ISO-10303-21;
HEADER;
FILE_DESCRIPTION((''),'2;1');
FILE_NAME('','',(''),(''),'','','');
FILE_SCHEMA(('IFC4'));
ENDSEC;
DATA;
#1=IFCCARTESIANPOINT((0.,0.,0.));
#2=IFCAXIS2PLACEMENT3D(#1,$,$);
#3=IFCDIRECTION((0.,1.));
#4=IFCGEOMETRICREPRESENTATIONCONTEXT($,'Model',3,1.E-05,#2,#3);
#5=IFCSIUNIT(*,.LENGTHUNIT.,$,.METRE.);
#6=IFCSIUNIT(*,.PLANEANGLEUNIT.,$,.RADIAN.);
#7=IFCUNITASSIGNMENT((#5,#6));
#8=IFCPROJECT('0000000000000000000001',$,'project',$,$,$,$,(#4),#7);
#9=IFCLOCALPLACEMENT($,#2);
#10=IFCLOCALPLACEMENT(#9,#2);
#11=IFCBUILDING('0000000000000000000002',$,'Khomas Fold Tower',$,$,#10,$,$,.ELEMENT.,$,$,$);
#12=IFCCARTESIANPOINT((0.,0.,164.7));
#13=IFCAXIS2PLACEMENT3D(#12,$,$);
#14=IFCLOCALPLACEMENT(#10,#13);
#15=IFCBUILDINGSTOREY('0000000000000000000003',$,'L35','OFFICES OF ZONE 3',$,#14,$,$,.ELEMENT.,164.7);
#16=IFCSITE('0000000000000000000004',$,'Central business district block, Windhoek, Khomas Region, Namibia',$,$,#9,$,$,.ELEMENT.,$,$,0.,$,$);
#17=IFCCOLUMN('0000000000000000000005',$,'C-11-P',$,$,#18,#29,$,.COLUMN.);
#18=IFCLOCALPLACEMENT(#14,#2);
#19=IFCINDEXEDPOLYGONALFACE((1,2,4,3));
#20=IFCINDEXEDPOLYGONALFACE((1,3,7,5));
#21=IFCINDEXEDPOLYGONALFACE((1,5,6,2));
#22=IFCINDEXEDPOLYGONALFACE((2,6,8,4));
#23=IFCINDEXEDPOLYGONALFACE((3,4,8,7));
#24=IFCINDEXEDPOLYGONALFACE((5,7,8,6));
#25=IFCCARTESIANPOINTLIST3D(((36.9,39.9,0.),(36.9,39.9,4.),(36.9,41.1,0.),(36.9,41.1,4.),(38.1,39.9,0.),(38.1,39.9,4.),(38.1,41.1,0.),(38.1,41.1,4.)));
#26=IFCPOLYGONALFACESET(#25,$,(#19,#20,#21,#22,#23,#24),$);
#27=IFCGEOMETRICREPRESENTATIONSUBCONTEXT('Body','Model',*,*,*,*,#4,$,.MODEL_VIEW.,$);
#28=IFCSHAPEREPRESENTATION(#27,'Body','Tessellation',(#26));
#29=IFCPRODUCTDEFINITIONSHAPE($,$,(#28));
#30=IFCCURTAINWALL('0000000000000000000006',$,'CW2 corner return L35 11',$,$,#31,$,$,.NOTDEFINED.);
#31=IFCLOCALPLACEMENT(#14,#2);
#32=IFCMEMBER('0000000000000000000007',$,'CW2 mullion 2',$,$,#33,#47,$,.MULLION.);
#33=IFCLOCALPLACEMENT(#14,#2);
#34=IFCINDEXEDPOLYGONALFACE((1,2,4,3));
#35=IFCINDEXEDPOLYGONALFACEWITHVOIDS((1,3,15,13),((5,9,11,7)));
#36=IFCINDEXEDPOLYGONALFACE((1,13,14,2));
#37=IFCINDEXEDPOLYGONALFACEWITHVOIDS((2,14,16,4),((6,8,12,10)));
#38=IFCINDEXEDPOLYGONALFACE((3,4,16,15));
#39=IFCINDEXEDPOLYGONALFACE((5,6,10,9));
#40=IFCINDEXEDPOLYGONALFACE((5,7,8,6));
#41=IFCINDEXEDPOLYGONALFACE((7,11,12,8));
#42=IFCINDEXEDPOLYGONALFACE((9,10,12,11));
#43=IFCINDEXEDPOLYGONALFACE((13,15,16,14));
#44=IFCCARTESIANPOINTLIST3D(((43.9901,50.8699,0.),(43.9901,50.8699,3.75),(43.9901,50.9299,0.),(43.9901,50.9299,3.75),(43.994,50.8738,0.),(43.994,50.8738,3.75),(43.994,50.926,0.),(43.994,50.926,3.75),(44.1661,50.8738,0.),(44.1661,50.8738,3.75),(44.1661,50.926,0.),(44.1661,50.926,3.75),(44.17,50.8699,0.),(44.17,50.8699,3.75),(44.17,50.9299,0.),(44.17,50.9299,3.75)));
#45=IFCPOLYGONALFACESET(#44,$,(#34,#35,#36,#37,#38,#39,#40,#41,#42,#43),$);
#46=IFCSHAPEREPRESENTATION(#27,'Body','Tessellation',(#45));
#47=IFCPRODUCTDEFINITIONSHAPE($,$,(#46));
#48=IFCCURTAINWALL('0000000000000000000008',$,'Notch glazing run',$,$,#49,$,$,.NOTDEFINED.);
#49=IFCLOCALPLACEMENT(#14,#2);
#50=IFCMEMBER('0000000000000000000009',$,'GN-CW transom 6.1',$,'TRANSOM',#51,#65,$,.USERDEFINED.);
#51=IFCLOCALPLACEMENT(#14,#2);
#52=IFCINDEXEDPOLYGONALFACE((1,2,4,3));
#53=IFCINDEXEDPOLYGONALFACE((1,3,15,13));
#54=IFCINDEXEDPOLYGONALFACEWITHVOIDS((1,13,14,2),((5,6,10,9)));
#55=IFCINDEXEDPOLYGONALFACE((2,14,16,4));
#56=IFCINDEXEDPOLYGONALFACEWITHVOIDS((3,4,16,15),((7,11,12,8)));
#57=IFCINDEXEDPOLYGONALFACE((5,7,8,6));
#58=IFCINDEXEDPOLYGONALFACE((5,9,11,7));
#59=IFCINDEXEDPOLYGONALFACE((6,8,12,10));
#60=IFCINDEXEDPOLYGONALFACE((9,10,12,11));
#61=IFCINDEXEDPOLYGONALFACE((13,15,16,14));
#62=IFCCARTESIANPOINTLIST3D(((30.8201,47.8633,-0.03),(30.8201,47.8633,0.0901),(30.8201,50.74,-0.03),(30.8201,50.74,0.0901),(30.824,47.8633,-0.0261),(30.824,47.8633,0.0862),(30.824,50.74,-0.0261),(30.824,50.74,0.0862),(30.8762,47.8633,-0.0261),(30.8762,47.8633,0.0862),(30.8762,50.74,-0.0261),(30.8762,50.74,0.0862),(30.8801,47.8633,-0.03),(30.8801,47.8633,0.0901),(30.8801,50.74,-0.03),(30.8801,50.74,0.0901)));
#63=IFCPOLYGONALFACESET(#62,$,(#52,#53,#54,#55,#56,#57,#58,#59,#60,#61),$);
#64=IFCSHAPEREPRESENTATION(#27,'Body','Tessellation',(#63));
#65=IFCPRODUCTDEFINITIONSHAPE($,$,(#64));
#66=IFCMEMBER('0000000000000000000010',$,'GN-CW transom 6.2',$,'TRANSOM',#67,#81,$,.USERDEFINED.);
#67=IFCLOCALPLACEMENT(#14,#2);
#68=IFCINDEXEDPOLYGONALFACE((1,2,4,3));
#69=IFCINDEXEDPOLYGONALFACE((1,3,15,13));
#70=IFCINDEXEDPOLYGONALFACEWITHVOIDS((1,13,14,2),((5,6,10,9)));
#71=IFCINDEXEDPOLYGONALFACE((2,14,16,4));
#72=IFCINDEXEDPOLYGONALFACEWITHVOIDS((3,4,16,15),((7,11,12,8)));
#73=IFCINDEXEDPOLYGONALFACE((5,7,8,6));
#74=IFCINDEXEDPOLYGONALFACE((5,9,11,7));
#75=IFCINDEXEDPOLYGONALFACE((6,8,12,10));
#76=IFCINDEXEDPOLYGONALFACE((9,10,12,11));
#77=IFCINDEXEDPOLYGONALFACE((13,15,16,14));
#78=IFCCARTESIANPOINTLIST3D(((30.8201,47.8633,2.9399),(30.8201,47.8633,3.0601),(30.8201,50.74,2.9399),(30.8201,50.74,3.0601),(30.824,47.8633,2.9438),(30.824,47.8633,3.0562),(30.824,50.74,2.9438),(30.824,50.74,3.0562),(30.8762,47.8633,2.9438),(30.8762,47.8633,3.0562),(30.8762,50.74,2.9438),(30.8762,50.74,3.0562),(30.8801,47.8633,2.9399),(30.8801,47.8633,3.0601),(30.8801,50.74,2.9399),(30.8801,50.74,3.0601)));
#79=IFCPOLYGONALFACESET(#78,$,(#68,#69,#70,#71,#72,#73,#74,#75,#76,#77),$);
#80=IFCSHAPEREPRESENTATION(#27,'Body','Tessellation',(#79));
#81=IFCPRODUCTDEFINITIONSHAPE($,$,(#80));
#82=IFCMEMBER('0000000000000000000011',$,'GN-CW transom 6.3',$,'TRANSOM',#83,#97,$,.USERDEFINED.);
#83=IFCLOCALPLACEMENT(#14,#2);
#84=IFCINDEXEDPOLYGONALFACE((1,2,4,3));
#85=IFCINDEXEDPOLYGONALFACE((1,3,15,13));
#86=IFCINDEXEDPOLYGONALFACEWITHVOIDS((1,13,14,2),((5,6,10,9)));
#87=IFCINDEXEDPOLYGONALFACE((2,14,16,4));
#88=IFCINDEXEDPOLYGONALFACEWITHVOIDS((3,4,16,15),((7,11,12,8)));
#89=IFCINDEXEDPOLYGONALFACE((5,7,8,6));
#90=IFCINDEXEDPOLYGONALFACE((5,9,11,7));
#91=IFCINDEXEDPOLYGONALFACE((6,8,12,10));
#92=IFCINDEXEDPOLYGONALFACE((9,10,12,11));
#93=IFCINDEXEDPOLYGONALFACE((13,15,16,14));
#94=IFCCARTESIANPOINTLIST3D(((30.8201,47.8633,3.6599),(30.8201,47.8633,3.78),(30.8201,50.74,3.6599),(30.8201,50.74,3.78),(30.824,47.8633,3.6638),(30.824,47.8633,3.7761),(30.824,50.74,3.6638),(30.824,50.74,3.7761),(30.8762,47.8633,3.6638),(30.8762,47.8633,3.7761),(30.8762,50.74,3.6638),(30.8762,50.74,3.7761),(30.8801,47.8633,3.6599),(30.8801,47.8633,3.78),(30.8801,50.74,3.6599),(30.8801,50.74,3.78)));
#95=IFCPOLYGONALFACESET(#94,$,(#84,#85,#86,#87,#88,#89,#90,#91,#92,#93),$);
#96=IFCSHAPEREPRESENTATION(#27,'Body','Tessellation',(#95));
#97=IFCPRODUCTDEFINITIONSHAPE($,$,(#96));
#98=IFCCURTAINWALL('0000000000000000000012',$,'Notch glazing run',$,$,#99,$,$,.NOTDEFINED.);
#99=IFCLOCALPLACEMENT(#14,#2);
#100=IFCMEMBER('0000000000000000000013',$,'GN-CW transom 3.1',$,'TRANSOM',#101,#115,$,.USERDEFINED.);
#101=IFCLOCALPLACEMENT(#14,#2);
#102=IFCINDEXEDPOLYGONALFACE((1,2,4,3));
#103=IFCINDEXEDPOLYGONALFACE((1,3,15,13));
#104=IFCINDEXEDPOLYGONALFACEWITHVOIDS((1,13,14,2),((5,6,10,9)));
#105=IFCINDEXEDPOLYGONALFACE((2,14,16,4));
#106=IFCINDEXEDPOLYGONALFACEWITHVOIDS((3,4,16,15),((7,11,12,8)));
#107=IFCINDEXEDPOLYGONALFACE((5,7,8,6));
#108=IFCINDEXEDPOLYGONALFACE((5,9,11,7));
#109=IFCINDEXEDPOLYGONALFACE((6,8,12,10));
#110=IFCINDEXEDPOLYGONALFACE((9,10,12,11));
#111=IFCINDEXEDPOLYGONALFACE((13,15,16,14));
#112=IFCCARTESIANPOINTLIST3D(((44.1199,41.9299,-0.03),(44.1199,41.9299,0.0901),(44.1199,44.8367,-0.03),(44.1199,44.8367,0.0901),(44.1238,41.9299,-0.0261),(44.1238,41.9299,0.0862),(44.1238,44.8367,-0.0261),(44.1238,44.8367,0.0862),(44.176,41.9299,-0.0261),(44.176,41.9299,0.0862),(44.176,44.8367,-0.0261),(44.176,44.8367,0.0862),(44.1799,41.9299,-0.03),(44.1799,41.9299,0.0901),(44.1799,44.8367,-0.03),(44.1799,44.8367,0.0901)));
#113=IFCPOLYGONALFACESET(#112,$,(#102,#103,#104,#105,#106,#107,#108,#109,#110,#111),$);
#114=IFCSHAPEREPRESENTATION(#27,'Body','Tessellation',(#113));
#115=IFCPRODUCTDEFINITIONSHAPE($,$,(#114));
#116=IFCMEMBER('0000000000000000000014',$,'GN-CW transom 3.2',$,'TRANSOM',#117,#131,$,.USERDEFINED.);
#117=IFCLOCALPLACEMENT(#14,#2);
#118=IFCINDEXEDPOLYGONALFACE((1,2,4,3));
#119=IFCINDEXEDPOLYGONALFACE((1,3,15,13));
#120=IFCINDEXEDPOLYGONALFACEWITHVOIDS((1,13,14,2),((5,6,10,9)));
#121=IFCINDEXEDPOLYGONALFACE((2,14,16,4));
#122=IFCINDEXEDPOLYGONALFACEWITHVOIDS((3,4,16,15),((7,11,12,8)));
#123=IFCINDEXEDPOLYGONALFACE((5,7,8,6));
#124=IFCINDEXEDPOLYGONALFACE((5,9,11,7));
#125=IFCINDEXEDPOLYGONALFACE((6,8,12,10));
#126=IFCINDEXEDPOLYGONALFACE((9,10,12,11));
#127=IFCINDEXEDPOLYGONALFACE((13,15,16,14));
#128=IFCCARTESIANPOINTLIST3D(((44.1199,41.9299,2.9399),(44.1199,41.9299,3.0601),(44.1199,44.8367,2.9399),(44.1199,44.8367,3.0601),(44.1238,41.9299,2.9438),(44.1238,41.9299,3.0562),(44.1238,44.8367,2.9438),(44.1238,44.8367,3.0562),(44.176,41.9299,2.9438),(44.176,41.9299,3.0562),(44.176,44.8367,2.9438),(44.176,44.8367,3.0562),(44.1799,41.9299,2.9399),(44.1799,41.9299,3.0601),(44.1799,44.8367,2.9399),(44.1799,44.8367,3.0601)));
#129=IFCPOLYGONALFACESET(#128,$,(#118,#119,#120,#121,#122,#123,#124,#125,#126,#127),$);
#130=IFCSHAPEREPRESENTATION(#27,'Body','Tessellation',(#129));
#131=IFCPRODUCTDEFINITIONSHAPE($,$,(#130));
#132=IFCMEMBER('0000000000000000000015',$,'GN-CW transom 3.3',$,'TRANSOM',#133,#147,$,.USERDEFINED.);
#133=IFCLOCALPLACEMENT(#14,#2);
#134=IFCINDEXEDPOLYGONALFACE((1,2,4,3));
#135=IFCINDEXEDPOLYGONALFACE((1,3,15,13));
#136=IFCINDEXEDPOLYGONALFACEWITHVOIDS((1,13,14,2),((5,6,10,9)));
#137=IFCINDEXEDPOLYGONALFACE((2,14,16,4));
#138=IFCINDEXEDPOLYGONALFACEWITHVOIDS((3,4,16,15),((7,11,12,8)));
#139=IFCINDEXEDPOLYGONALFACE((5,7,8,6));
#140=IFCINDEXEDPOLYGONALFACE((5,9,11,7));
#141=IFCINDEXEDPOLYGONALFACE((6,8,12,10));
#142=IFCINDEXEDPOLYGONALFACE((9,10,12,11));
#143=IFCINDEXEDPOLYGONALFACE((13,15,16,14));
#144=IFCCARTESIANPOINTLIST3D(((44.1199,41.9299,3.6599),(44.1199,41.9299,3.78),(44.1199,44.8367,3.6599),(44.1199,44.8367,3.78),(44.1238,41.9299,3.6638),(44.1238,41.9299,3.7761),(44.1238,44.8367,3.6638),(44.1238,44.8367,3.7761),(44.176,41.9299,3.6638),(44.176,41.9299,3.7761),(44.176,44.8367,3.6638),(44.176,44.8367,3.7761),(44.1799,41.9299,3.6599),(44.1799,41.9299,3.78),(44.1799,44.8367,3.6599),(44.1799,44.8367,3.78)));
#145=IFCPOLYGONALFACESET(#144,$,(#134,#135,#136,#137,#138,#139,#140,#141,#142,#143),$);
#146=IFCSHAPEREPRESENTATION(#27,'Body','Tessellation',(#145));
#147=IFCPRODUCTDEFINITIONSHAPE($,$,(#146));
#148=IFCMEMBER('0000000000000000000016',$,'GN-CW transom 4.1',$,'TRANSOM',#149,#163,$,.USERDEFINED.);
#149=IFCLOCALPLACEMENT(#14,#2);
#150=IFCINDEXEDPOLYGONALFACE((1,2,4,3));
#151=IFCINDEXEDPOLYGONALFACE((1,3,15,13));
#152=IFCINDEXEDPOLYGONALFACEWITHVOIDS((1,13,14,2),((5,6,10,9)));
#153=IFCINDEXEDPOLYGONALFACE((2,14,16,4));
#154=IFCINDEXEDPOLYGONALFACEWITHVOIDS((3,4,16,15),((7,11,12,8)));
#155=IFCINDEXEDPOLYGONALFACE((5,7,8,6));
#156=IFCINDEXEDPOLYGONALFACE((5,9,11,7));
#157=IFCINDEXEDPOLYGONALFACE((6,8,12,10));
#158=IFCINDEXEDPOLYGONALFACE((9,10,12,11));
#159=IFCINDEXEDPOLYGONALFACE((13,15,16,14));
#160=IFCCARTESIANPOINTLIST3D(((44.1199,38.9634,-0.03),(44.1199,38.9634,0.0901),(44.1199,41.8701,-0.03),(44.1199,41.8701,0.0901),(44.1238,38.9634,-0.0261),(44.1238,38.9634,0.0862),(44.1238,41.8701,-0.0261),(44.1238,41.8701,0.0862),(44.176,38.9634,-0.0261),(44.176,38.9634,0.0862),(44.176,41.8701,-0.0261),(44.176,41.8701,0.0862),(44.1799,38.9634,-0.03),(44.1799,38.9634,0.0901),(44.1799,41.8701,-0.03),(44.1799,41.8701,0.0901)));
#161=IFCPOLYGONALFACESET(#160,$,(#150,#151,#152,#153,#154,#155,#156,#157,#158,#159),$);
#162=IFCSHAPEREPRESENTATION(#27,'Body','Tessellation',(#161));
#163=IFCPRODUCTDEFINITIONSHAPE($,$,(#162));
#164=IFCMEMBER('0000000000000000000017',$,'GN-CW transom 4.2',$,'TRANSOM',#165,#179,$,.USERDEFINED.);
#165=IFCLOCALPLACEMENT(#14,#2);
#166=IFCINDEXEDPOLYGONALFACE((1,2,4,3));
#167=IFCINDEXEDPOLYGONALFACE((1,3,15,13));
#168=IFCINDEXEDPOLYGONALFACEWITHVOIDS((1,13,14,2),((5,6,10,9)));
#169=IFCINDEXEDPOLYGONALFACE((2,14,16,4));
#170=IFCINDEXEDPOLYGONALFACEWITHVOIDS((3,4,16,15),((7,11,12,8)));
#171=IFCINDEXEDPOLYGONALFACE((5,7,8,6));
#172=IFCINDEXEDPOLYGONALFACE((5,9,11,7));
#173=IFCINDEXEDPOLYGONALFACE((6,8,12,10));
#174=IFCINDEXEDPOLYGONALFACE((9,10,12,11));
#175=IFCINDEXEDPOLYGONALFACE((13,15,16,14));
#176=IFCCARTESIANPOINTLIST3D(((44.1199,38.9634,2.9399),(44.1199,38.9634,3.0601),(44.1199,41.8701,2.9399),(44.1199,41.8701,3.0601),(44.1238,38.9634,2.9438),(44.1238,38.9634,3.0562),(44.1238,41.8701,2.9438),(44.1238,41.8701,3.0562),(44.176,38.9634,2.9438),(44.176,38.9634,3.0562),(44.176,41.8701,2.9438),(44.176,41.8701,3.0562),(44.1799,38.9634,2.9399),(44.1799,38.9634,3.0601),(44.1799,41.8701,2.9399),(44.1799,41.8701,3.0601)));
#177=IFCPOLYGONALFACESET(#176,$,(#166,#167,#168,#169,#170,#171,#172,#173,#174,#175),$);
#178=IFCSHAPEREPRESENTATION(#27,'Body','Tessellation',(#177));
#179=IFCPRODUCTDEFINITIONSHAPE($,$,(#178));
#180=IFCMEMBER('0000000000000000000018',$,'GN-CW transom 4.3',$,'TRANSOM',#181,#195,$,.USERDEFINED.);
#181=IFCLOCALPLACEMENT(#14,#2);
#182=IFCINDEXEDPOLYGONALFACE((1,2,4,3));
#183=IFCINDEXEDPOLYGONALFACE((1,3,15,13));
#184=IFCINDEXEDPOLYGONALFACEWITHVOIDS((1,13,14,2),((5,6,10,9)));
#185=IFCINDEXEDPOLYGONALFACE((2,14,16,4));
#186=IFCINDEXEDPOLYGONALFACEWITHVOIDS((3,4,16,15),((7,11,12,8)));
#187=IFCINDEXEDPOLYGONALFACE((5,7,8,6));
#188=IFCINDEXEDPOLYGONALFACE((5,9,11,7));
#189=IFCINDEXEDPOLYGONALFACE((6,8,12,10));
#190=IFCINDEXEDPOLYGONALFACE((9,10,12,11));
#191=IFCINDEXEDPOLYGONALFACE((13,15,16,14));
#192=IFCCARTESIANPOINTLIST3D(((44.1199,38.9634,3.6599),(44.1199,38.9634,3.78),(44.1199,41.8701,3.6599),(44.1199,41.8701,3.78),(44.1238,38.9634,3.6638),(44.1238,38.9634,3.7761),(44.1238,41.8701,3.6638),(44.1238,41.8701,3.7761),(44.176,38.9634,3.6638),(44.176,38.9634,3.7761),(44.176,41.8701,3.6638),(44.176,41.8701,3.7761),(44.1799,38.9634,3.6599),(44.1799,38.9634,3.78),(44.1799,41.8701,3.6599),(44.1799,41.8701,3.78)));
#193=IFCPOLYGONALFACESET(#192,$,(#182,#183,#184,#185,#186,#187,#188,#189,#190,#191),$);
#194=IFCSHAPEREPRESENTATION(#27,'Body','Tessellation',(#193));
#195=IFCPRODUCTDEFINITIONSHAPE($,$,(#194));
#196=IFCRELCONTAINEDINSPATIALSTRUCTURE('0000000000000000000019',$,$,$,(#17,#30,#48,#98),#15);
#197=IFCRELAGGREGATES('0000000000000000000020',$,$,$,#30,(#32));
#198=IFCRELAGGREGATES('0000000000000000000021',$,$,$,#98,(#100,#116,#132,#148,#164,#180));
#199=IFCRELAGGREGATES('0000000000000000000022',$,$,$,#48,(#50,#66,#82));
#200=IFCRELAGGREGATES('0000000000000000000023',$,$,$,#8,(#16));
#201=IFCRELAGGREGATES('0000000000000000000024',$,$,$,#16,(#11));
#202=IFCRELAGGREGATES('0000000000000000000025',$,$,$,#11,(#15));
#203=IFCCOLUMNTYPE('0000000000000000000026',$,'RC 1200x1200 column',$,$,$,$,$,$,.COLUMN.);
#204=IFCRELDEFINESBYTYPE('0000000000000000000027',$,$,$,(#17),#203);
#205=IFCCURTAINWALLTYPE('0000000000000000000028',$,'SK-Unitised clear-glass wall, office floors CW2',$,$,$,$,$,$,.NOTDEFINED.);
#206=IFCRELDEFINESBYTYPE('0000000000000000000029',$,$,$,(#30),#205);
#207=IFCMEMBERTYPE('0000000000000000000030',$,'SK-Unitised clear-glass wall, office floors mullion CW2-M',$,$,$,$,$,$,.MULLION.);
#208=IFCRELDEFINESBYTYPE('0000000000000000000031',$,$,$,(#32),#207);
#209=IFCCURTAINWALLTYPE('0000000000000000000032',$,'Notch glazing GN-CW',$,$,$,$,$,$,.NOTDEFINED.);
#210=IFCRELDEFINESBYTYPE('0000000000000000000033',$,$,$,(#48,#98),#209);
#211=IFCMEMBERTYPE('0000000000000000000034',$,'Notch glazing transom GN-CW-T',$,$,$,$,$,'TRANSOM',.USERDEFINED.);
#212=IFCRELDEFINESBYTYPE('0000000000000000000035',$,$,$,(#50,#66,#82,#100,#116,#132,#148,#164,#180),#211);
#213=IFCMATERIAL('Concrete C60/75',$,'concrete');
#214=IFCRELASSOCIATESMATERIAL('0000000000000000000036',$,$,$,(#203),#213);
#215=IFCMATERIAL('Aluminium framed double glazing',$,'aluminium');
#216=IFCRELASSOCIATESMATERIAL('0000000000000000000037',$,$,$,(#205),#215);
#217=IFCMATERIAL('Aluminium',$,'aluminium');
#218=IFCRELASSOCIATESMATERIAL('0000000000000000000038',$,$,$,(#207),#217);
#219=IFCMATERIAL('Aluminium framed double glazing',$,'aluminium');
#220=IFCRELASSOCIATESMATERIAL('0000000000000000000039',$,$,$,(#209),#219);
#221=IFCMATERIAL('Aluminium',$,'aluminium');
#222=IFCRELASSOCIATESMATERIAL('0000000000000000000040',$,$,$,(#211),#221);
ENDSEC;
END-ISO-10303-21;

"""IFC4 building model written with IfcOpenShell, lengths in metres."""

from ifc_helpers import new_model, si_unit, direction, frame, origin, origin_2d, place, context, subcontext, project, spatial, rectangle, hollow_rectangle, extrude, source, transform, mapped, material, material_profile, profile_set, type_object, element, aggregate, save


model = new_model("IFC4")

# Units and contexts
model_context = context("Model", 3, precision=1e-05, world=origin(), true_north=direction((0.0, 1.0)))
body_context = subcontext(model_context, "Body", "Model", "MODEL_VIEW")
ifc_project = project(units=[si_unit("LENGTHUNIT", "METRE"), si_unit("PLANEANGLEUNIT", "RADIAN")], contexts=[model_context])

# Site, building, storey
site_placement = place(None, origin())
site = spatial("IfcSite", under=ifc_project, at=site_placement, Name="Central business district block, Windhoek, Khomas Region, Namibia", CompositionType="ELEMENT", RefElevation=0.0)
building_placement = place(site_placement, origin())
building = spatial("IfcBuilding", under=site, at=building_placement, Name="Khomas Fold Tower", CompositionType="ELEMENT")
storey_placement = place(building_placement, frame((0.0, 0.0, 164.7)))
storey = spatial("IfcBuildingStorey", under=building, at=storey_placement, Name="L35", Description="OFFICES OF ZONE 3", CompositionType="ELEMENT", Elevation=164.7)

# Column
ifc_material_1 = material(Name="Concrete C60/75", Category="concrete")
ifc_material_profile_1 = material_profile(ifc_material_1, rectangle(XDim=1.2, YDim=1.2, at=origin_2d()), Name="RC 1200x1200")
ifc_profile_set_1 = profile_set([ifc_material_profile_1], Name="Concrete C60/75")
column_type = type_object("IfcColumnType", Name="RC 1200x1200 column", PredefinedType="COLUMN", material=ifc_profile_set_1)
shared_shape_1 = source(origin(), body_context, "Body", "SweptSolid", [
    extrude(rectangle(XDim=1.2, YDim=1.2, at=origin_2d()), origin(), (0.0, 0.0, 1.0), 4.0),
])
column_placement = place(storey_placement, frame((37.5, 40.5, 0.0), z_axis=(0.0, 0.0, 1.0), x_axis=(1.0, 0.0, 0.0)))
element("IfcColumn", 1, at=column_placement, inside=storey, type_object=column_type, Name="C-11-P", PredefinedType="COLUMN", context=body_context, shape_type="MappedRepresentation", body=[
    mapped(shared_shape_1, transform((0.0, 0.0, 0.0))),
])

# Curtain wall, member
ifc_material_2 = material(Name="Aluminium framed double glazing", Category="aluminium")
curtain_wall_type_1 = type_object("IfcCurtainWallType", Name="SK-Unitised clear-glass wall, office floors CW2", PredefinedType="NOTDEFINED", material=ifc_material_2)
curtain_wall_1_placement = place(storey_placement, origin())
curtain_wall_1 = element("IfcCurtainWall", 2, at=curtain_wall_1_placement, inside=storey, type_object=curtain_wall_type_1, Name="CW2 corner return L35 11", PredefinedType="NOTDEFINED")
ifc_material_3 = material(Name="Aluminium", Category="aluminium")
ifc_material_profile_2 = material_profile(ifc_material_3, hollow_rectangle(XDim=0.0601, YDim=0.1799, WallThickness=0.0039, at=origin_2d()), Name="SK-Unitised clear-glass wall, office floors mullion CW2-M")
ifc_profile_set_2 = profile_set([ifc_material_profile_2], Name="Aluminium")
member_type_1 = type_object("IfcMemberType", Name="SK-Unitised clear-glass wall, office floors mullion CW2-M", PredefinedType="MULLION", material=ifc_profile_set_2)
shared_shape_2 = source(origin(), body_context, "Body", "SweptSolid", [
    extrude(hollow_rectangle(XDim=0.0601, YDim=0.1799, WallThickness=0.0039, at=origin_2d()), origin(), (0.0, 0.0, 1.0), 3.75),
])
member_1_placement = place(storey_placement, frame((44.0801, 50.8999, 0.0), z_axis=(0.0, 0.0, 1.0), x_axis=(0.0, -1.0, 0.0)))
member_1 = element("IfcMember", 3, at=member_1_placement, type_object=member_type_1, Name="CW2 mullion 2", PredefinedType="MULLION", context=body_context, shape_type="MappedRepresentation", body=[
    mapped(shared_shape_2, transform((0.0, 0.0, 0.0))),
])
aggregate(curtain_wall_1, [member_1])

# Curtain walls, members
ifc_material_4 = material(Name="Aluminium framed double glazing", Category="aluminium")
curtain_wall_type_2 = type_object("IfcCurtainWallType", Name="Notch glazing GN-CW", PredefinedType="NOTDEFINED", material=ifc_material_4)
curtain_wall_2_placement = place(storey_placement, origin())
curtain_wall_2 = element("IfcCurtainWall", 4, at=curtain_wall_2_placement, inside=storey, type_object=curtain_wall_type_2, Name="Notch glazing run", PredefinedType="NOTDEFINED")
ifc_material_5 = material(Name="Aluminium", Category="aluminium")
ifc_material_profile_3 = material_profile(ifc_material_5, hollow_rectangle(XDim=0.0601, YDim=0.1201, WallThickness=0.0039, at=origin_2d()), Name="Notch glazing transom GN-CW-T")
ifc_profile_set_3 = profile_set([ifc_material_profile_3], Name="Aluminium")
member_type_2 = type_object("IfcMemberType", Name="Notch glazing transom GN-CW-T", ElementType="TRANSOM", PredefinedType="USERDEFINED", material=ifc_profile_set_3)
shared_shape_3 = source(origin(), body_context, "Body", "SweptSolid", [
    extrude(hollow_rectangle(XDim=0.0601, YDim=0.1201, WallThickness=0.0039, at=origin_2d()), origin(), (0.0, 0.0, 1.0), 2.8767),
])
member_2_placement = place(storey_placement, frame((30.8501, 47.8633, 0.03), z_axis=(0.0, 1.0, 0.0), x_axis=(-1.0, 0.0, 0.0)))
member_2 = element("IfcMember", 5, at=member_2_placement, type_object=member_type_2, Name="GN-CW transom 6.1", ObjectType="TRANSOM", PredefinedType="USERDEFINED", context=body_context, shape_type="MappedRepresentation", body=[
    mapped(shared_shape_3, transform((0.0, 0.0, 0.0))),
])
member_3_placement = place(storey_placement, frame((30.8501, 47.8633, 3.0), z_axis=(0.0, 1.0, 0.0), x_axis=(-1.0, 0.0, 0.0)))
member_3 = element("IfcMember", 6, at=member_3_placement, type_object=member_type_2, Name="GN-CW transom 6.2", ObjectType="TRANSOM", PredefinedType="USERDEFINED", context=body_context, shape_type="MappedRepresentation", body=[
    mapped(shared_shape_3, transform((0.0, 0.0, 0.0))),
])
member_4_placement = place(storey_placement, frame((30.8501, 47.8633, 3.72), z_axis=(0.0, 1.0, 0.0), x_axis=(-1.0, 0.0, 0.0)))
member_4 = element("IfcMember", 7, at=member_4_placement, type_object=member_type_2, Name="GN-CW transom 6.3", ObjectType="TRANSOM", PredefinedType="USERDEFINED", context=body_context, shape_type="MappedRepresentation", body=[
    mapped(shared_shape_3, transform((0.0, 0.0, 0.0))),
])
curtain_wall_3_placement = place(storey_placement, origin())
curtain_wall_3 = element("IfcCurtainWall", 8, at=curtain_wall_3_placement, inside=storey, type_object=curtain_wall_type_2, Name="Notch glazing run", PredefinedType="NOTDEFINED")
shared_shape_4 = source(origin(), body_context, "Body", "SweptSolid", [
    extrude(hollow_rectangle(XDim=0.0601, YDim=0.1201, WallThickness=0.0039, at=origin_2d()), origin(), (0.0, 0.0, 1.0), 2.9067),
])
member_5_placement = place(storey_placement, frame((44.1499, 44.8367, 0.03), z_axis=(0.0, -1.0, 0.0), x_axis=(1.0, 0.0, 0.0)))
member_5 = element("IfcMember", 9, at=member_5_placement, type_object=member_type_2, Name="GN-CW transom 3.1", ObjectType="TRANSOM", PredefinedType="USERDEFINED", context=body_context, shape_type="MappedRepresentation", body=[
    mapped(shared_shape_4, transform((0.0, 0.0, 0.0))),
])
member_6_placement = place(storey_placement, frame((44.1499, 44.8367, 3.0), z_axis=(0.0, -1.0, 0.0), x_axis=(1.0, 0.0, 0.0)))
member_6 = element("IfcMember", 10, at=member_6_placement, type_object=member_type_2, Name="GN-CW transom 3.2", ObjectType="TRANSOM", PredefinedType="USERDEFINED", context=body_context, shape_type="MappedRepresentation", body=[
    mapped(shared_shape_4, transform((0.0, 0.0, 0.0))),
])
member_7_placement = place(storey_placement, frame((44.1499, 44.8367, 3.72), z_axis=(0.0, -1.0, 0.0), x_axis=(1.0, 0.0, 0.0)))
member_7 = element("IfcMember", 11, at=member_7_placement, type_object=member_type_2, Name="GN-CW transom 3.3", ObjectType="TRANSOM", PredefinedType="USERDEFINED", context=body_context, shape_type="MappedRepresentation", body=[
    mapped(shared_shape_4, transform((0.0, 0.0, 0.0))),
])
member_8_placement = place(storey_placement, frame((44.1499, 41.8701, 0.03), z_axis=(0.0, -1.0, 0.0), x_axis=(1.0, 0.0, 0.0)))
member_8 = element("IfcMember", 12, at=member_8_placement, type_object=member_type_2, Name="GN-CW transom 4.1", ObjectType="TRANSOM", PredefinedType="USERDEFINED", context=body_context, shape_type="MappedRepresentation", body=[
    mapped(shared_shape_4, transform((0.0, 0.0, 0.0))),
])
member_9_placement = place(storey_placement, frame((44.1499, 41.8701, 3.0), z_axis=(0.0, -1.0, 0.0), x_axis=(1.0, 0.0, 0.0)))
member_9 = element("IfcMember", 13, at=member_9_placement, type_object=member_type_2, Name="GN-CW transom 4.2", ObjectType="TRANSOM", PredefinedType="USERDEFINED", context=body_context, shape_type="MappedRepresentation", body=[
    mapped(shared_shape_4, transform((0.0, 0.0, 0.0))),
])
member_10_placement = place(storey_placement, frame((44.1499, 41.8701, 3.72), z_axis=(0.0, -1.0, 0.0), x_axis=(1.0, 0.0, 0.0)))
member_10 = element("IfcMember", 14, at=member_10_placement, type_object=member_type_2, Name="GN-CW transom 4.3", ObjectType="TRANSOM", PredefinedType="USERDEFINED", context=body_context, shape_type="MappedRepresentation", body=[
    mapped(shared_shape_4, transform((0.0, 0.0, 0.0))),
])

aggregate(curtain_wall_3, [member_5, member_6, member_7, member_8, member_9, member_10])
aggregate(curtain_wall_2, [member_2, member_3, member_4])

save(model, "model.ifc")
